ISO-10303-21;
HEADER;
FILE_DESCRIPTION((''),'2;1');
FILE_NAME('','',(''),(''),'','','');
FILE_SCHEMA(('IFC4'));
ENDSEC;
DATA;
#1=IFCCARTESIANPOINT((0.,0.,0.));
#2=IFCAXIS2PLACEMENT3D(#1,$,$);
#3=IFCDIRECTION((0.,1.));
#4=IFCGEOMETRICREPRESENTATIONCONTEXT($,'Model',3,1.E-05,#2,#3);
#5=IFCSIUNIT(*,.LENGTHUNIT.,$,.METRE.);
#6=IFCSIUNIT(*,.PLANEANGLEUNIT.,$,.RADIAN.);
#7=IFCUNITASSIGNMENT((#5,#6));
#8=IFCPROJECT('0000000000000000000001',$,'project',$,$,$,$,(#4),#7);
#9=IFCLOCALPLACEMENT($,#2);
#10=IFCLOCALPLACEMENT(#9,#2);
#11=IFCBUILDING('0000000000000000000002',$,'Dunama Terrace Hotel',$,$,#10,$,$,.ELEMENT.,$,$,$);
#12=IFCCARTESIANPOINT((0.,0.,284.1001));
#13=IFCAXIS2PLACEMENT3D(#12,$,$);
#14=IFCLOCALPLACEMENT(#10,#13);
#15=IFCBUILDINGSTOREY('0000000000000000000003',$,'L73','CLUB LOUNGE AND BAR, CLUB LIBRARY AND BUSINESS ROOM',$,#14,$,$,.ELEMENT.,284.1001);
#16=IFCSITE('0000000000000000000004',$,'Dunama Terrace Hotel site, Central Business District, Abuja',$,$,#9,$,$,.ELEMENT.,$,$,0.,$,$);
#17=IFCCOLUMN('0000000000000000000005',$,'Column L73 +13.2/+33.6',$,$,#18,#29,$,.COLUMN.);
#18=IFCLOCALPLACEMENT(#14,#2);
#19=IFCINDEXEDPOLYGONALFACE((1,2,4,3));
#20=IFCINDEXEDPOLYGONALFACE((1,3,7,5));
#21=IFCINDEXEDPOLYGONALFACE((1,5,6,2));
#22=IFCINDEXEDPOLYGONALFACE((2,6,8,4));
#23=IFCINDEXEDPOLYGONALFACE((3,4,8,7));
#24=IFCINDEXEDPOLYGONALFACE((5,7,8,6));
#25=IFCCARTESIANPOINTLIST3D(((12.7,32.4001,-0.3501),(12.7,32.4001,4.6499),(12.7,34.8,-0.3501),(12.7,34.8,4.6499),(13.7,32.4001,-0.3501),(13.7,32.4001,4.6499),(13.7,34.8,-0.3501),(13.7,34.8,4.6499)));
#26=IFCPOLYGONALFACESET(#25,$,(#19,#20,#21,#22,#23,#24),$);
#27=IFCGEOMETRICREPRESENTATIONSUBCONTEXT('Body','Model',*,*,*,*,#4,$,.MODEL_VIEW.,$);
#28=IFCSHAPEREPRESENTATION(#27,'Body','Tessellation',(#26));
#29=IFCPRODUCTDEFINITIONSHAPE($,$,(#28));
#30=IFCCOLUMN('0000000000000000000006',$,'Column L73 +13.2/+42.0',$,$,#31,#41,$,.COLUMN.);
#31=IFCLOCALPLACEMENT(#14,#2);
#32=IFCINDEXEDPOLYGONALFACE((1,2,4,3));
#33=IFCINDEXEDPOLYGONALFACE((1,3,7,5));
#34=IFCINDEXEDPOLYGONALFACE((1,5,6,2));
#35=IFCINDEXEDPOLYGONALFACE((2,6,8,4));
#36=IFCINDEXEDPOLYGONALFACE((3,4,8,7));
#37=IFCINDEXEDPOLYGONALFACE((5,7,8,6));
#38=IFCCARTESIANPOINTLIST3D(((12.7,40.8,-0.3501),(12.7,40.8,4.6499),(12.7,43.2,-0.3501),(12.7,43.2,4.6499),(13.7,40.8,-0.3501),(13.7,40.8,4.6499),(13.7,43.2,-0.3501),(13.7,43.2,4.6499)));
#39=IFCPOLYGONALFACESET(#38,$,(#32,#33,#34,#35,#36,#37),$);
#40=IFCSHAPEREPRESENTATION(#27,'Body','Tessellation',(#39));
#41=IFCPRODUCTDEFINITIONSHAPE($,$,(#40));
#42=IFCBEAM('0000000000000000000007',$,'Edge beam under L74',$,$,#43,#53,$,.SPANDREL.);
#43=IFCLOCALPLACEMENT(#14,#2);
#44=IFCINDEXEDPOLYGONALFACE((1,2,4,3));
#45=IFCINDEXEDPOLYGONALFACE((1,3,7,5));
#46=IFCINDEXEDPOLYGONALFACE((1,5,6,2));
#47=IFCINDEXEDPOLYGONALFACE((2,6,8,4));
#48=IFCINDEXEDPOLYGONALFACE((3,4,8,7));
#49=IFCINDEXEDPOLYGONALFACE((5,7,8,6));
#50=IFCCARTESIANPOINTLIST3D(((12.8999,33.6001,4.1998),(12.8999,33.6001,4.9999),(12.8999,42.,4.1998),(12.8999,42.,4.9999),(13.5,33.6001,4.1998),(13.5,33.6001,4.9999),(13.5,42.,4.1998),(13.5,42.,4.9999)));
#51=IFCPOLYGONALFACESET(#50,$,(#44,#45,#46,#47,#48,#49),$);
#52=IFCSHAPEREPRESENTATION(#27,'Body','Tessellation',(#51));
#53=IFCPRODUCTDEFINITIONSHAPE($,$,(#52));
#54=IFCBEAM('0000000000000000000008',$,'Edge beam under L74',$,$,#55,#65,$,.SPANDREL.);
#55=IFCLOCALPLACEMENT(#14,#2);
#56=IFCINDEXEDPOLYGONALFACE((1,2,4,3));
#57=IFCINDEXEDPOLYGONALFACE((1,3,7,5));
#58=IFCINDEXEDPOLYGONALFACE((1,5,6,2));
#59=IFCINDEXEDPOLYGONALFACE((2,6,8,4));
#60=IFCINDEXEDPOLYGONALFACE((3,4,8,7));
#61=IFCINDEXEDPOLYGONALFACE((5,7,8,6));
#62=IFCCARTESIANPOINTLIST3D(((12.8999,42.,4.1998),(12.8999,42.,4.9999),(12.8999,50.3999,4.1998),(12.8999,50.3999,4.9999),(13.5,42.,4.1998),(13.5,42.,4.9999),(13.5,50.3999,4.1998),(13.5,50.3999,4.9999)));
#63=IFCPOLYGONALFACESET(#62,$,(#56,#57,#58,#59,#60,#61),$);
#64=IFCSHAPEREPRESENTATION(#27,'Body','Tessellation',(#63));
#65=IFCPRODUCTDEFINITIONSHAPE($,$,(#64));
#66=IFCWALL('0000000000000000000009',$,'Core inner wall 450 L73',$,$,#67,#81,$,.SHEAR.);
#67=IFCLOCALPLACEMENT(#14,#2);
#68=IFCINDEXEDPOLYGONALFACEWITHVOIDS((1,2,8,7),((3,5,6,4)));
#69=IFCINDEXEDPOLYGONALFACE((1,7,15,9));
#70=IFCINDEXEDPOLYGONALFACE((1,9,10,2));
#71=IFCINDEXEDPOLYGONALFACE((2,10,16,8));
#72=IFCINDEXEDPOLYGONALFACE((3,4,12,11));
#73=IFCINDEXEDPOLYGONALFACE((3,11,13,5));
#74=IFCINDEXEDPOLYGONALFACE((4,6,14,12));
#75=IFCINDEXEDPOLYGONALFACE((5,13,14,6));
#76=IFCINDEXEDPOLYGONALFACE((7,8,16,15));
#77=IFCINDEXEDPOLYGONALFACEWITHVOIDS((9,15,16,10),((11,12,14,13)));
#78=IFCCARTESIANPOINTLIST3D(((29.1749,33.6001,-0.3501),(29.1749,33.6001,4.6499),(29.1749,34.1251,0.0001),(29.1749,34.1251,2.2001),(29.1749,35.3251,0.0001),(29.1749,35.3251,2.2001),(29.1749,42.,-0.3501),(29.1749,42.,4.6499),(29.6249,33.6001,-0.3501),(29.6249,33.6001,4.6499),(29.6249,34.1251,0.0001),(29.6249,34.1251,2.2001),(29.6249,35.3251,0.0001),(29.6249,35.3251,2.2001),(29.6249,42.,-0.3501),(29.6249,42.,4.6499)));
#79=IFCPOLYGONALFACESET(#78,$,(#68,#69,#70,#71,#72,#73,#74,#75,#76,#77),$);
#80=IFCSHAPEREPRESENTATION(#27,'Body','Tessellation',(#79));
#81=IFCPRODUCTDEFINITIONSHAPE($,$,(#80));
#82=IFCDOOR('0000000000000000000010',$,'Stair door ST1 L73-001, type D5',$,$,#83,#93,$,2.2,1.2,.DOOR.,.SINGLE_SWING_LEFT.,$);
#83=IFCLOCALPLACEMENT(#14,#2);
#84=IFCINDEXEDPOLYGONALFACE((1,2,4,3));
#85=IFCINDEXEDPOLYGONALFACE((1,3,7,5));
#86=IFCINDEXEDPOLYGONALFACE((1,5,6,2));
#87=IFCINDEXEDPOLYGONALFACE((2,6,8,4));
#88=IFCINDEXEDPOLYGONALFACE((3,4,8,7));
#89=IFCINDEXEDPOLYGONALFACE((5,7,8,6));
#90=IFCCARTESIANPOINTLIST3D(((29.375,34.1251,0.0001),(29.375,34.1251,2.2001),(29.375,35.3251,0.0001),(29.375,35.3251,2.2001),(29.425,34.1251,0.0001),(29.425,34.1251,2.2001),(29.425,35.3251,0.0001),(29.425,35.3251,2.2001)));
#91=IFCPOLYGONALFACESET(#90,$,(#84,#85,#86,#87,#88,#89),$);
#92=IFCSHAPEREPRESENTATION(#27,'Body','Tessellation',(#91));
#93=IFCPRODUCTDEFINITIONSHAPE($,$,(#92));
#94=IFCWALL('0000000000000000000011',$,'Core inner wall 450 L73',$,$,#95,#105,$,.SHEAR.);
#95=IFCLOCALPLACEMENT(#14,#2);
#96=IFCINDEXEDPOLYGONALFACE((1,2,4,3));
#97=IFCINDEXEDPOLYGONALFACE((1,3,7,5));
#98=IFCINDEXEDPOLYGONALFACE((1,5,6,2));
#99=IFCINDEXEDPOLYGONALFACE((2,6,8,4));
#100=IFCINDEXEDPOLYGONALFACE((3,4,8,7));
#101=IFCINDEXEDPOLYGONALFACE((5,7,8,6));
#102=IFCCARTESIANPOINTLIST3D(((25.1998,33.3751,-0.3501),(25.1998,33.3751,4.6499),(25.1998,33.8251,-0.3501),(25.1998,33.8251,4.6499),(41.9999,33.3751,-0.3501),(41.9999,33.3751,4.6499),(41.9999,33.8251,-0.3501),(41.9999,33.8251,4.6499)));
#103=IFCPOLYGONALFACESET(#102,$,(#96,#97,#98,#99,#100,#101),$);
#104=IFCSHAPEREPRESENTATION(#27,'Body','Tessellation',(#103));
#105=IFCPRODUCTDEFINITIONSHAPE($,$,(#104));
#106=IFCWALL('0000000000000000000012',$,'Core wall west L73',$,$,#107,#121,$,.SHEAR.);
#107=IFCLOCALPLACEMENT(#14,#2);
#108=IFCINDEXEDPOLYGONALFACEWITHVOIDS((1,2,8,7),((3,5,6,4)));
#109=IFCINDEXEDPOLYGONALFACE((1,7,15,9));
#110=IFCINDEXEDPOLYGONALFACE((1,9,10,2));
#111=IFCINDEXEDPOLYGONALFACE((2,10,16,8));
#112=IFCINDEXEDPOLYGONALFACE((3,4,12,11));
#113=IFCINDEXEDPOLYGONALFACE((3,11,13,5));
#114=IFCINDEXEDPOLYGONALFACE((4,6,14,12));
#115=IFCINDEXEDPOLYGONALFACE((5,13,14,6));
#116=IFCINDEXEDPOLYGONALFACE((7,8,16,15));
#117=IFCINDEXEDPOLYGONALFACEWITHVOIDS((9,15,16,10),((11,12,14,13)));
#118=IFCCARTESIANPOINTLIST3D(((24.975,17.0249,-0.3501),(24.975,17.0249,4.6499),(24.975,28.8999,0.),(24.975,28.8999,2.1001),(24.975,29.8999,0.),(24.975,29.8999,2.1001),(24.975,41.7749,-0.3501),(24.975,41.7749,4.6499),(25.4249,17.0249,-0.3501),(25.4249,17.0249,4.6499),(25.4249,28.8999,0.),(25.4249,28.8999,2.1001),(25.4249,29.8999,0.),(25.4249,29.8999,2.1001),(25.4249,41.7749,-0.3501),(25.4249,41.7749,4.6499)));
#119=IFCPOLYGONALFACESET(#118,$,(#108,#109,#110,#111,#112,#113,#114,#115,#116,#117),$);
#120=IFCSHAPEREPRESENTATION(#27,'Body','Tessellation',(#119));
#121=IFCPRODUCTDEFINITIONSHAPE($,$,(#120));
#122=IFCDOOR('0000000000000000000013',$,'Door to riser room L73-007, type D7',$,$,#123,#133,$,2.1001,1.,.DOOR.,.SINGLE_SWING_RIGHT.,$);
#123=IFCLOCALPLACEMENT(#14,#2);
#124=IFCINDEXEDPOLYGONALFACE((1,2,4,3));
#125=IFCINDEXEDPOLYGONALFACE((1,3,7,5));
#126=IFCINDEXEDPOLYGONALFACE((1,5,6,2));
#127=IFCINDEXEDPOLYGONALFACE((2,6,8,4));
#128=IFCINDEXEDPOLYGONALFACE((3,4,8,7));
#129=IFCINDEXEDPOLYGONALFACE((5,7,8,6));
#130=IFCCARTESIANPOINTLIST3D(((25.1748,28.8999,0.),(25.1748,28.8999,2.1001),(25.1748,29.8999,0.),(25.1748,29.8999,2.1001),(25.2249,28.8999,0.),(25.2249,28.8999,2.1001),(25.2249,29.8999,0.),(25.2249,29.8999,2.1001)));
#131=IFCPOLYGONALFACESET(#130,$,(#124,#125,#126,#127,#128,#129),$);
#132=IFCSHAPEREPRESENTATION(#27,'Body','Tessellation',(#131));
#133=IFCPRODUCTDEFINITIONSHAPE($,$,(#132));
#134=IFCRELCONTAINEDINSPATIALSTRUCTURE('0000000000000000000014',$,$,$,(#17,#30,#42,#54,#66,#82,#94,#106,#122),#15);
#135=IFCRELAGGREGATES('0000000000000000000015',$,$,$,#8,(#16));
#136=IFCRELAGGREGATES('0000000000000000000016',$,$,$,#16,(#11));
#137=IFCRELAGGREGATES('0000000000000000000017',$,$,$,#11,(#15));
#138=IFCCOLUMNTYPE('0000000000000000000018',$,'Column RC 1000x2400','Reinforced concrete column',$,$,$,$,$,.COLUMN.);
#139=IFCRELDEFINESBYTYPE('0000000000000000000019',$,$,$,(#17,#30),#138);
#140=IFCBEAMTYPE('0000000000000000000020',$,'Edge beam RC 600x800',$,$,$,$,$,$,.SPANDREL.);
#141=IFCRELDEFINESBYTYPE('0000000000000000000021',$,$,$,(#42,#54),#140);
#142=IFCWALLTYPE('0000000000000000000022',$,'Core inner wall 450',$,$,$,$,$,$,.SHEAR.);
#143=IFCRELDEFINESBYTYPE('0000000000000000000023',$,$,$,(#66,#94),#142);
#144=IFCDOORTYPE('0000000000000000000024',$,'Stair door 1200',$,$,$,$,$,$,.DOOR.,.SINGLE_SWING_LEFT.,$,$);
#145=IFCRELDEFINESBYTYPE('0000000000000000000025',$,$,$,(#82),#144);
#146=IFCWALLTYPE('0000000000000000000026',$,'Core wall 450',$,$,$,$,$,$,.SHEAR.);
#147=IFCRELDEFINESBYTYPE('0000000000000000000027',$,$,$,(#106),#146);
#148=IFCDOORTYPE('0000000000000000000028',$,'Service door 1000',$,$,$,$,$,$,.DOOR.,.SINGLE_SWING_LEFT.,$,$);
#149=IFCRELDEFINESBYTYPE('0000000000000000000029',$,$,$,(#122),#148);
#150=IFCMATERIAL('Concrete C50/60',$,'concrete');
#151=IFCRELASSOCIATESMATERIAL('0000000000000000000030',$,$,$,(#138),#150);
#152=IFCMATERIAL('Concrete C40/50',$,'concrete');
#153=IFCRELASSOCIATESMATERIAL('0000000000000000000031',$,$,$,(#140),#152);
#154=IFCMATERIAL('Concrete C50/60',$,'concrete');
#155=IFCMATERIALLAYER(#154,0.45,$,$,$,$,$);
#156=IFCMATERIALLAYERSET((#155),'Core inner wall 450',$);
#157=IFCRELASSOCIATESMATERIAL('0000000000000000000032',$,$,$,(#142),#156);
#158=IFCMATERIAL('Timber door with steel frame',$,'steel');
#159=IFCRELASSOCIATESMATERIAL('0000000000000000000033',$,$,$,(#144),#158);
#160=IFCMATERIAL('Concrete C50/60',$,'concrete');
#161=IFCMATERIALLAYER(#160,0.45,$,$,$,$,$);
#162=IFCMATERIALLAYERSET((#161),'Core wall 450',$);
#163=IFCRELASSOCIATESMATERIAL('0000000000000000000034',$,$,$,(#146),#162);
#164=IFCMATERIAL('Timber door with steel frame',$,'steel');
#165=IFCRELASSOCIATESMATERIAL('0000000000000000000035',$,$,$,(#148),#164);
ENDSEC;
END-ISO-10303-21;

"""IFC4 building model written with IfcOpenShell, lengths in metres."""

from ifc_helpers import new_model, si_unit, direction, frame, frame_2d, origin, origin_2d, place, context, subcontext, project, spatial, rectangle, extrude, material, layer, layer_set, material_profile, profile_set, type_object, element, fill, save


model = new_model("IFC4")

# Units and contexts
model_context = context("Model", 3, precision=1e-05, world=origin(), true_north=direction((0.0, 1.0)))
body_context = subcontext(model_context, "Body", "Model", "MODEL_VIEW")
ifc_project = project(units=[si_unit("LENGTHUNIT", "METRE"), si_unit("PLANEANGLEUNIT", "RADIAN")], contexts=[model_context])

# Site, building, storey
site_placement = place(None, origin())
site = spatial("IfcSite", under=ifc_project, at=site_placement, Name="Dunama Terrace Hotel site, Central Business District, Abuja", CompositionType="ELEMENT", RefElevation=0.0)
building_placement = place(site_placement, origin())
building = spatial("IfcBuilding", under=site, at=building_placement, Name="Dunama Terrace Hotel", CompositionType="ELEMENT")
storey_placement = place(building_placement, frame((0.0, 0.0, 284.1001)))
storey = spatial("IfcBuildingStorey", under=building, at=storey_placement, Name="L73", Description="CLUB LOUNGE AND BAR, CLUB LIBRARY AND BUSINESS ROOM", CompositionType="ELEMENT", Elevation=284.1001)

# Columns
ifc_material_1 = material(Name="Concrete C50/60", Category="concrete")
ifc_material_profile_1 = material_profile(ifc_material_1, rectangle(XDim=1.0, YDim=2.3999, at=origin_2d()), Name="RC 1000x2400")
ifc_profile_set_1 = profile_set([ifc_material_profile_1], Name="Concrete C50/60")
column_type = type_object("IfcColumnType", Name="Column RC 1000x2400", Description="Reinforced concrete column", PredefinedType="COLUMN", material=ifc_profile_set_1)
for number, where, z_axis, x_axis, name in (
    (1, (13.2, 33.6001, -0.3501), (0.0, 0.0, 1.0), (1.0, 0.0, 0.0), "Column L73 +13.2/+33.6"),
    (2, (13.2, 42.0, -0.3501), (0.0, 0.0, 1.0), (1.0, 0.0, 0.0), "Column L73 +13.2/+42.0"),
):
    element("IfcColumn", number, at=place(storey_placement, frame(where, z_axis=z_axis, x_axis=x_axis)), inside=storey, type_object=column_type, Name=name, PredefinedType="COLUMN", context=body_context, shape_type="SweptSolid", body=[
        extrude(rectangle(XDim=1.0, YDim=2.3999, at=origin_2d()), origin(), (0.0, 0.0, 1.0), 5.0),
    ])

# Beams
ifc_material_2 = material(Name="Concrete C40/50", Category="concrete")
ifc_material_profile_2 = material_profile(ifc_material_2, rectangle(XDim=0.6001, YDim=0.8, at=origin_2d()), Name="RC 600x800")
ifc_profile_set_2 = profile_set([ifc_material_profile_2], Name="Concrete C40/50")
beam_type = type_object("IfcBeamType", Name="Edge beam RC 600x800", PredefinedType="SPANDREL", material=ifc_profile_set_2)
for number, where, z_axis, x_axis, name in (
    (3, (13.2, 33.6001, 4.5999), (0.0, 1.0, 0.0), (-1.0, 0.0, 0.0), "Edge beam under L74"),
    (4, (13.2, 42.0, 4.5999), (0.0, 1.0, 0.0), (-1.0, 0.0, 0.0), "Edge beam under L74"),
):
    element("IfcBeam", number, at=place(storey_placement, frame(where, z_axis=z_axis, x_axis=x_axis)), inside=storey, type_object=beam_type, Name=name, PredefinedType="SPANDREL", context=body_context, shape_type="SweptSolid", body=[
        extrude(rectangle(XDim=0.6001, YDim=0.8, at=origin_2d()), origin(), (0.0, 0.0, 1.0), 8.3999),
    ])

# Wall, opening, door
ifc_material_3 = material(Name="Concrete C50/60", Category="concrete")
ifc_layer_1 = layer(ifc_material_3, 0.45)
ifc_layer_set_1 = layer_set([ifc_layer_1], Name="Core inner wall 450")
wall_type_1 = type_object("IfcWallType", Name="Core inner wall 450", PredefinedType="SHEAR", material=ifc_layer_set_1)
wall_1_placement = place(storey_placement, frame((29.3999, 33.6001, -0.3501), z_axis=(0.0, 0.0, 1.0), x_axis=(0.0, 1.0, 0.0)))
wall_1 = element("IfcWall", 5, at=wall_1_placement, inside=storey, type_object=wall_type_1, Name="Core inner wall 450 L73", PredefinedType="SHEAR", context=body_context, shape_type="SweptSolid", body=[
    extrude(rectangle(XDim=8.3999, YDim=0.45, at=frame_2d((4.2, 0.0))), origin(), (0.0, 0.0, 1.0), 5.0),
])
opening_1_placement = place(wall_1_placement, frame((0.5249, 0.0, 0.3501)))
opening_1 = element("IfcOpeningElement", 6, at=opening_1_placement, cuts=wall_1, PredefinedType="OPENING", context=body_context, shape_type="SweptSolid", body=[
    extrude(rectangle(XDim=1.2, YDim=2.2, at=frame_2d((0.6001, 1.1001))), frame((0.0, 0.2349, 0.0), z_axis=(0.0, -1.0, 0.0), x_axis=(1.0, 0.0, 0.0)), (0.0, 0.0, 1.0), 0.47),
])
ifc_material_4 = material(Name="Timber door with steel frame", Category="steel")
door_type_1 = type_object("IfcDoorType", Name="Stair door 1200", OperationType="SINGLE_SWING_LEFT", PredefinedType="DOOR", material=ifc_material_4)
door_1_placement = place(opening_1_placement, origin())
door_1 = element("IfcDoor", 7, at=door_1_placement, inside=storey, type_object=door_type_1, Name="Stair door ST1 L73-001, type D5", OperationType="SINGLE_SWING_LEFT", OverallHeight=2.2, OverallWidth=1.2, PredefinedType="DOOR", context=body_context, shape_type="SweptSolid", body=[
    extrude(rectangle(XDim=1.2, YDim=2.2, at=frame_2d((0.6001, 1.1001))), frame((0.0, 0.0249, 0.0), z_axis=(0.0, -1.0, 0.0), x_axis=(1.0, 0.0, 0.0)), (0.0, 0.0, 1.0), 0.05),
])
fill(opening_1, door_1)

# Wall
wall_2_placement = place(storey_placement, frame((25.2, 33.6001, -0.3501), z_axis=(0.0, 0.0, 1.0), x_axis=(1.0, 0.0, 0.0)))
element("IfcWall", 8, at=wall_2_placement, inside=storey, type_object=wall_type_1, Name="Core inner wall 450 L73", PredefinedType="SHEAR", context=body_context, shape_type="SweptSolid", body=[
    extrude(rectangle(XDim=16.8, YDim=0.45, at=frame_2d((8.3999, 0.0))), origin(), (0.0, 0.0, 1.0), 5.0),
])

# Wall, opening, door
ifc_material_5 = material(Name="Concrete C50/60", Category="concrete")
ifc_layer_2 = layer(ifc_material_5, 0.45)
ifc_layer_set_2 = layer_set([ifc_layer_2], Name="Core wall 450")
wall_type_2 = type_object("IfcWallType", Name="Core wall 450", PredefinedType="SHEAR", material=ifc_layer_set_2)
wall_3_placement = place(storey_placement, frame((25.2, 41.7749, -0.3501), z_axis=(0.0, 0.0, 1.0), x_axis=(0.0, -1.0, 0.0)))
wall_3 = element("IfcWall", 9, at=wall_3_placement, inside=storey, type_object=wall_type_2, Name="Core wall west L73", PredefinedType="SHEAR", context=body_context, shape_type="SweptSolid", body=[
    extrude(rectangle(XDim=24.75, YDim=0.45, at=frame_2d((12.375, 0.0))), origin(), (0.0, 0.0, 1.0), 5.0),
])
opening_2_placement = place(wall_3_placement, frame((11.875, 0.0, 0.3501)))
opening_2 = element("IfcOpeningElement", 10, at=opening_2_placement, cuts=wall_3, PredefinedType="OPENING", context=body_context, shape_type="SweptSolid", body=[
    extrude(rectangle(XDim=1.0, YDim=2.1001, at=frame_2d((0.5, 1.05))), frame((0.0, 0.2349, 0.0), z_axis=(0.0, -1.0, 0.0), x_axis=(1.0, 0.0, 0.0)), (0.0, 0.0, 1.0), 0.47),
])
ifc_material_6 = material(Name="Timber door with steel frame", Category="steel")
door_type_2 = type_object("IfcDoorType", Name="Service door 1000", OperationType="SINGLE_SWING_LEFT", PredefinedType="DOOR", material=ifc_material_6)
door_2_placement = place(opening_2_placement, origin())
door_2 = element("IfcDoor", 11, at=door_2_placement, inside=storey, type_object=door_type_2, Name="Door to riser room L73-007, type D7", OperationType="SINGLE_SWING_RIGHT", OverallHeight=2.1001, OverallWidth=1.0, PredefinedType="DOOR", context=body_context, shape_type="SweptSolid", body=[
    extrude(rectangle(XDim=1.0, YDim=2.1001, at=frame_2d((0.5, 1.05))), frame((0.0, 0.0249, 0.0), z_axis=(0.0, -1.0, 0.0), x_axis=(1.0, 0.0, 0.0)), (0.0, 0.0, 1.0), 0.05),
])
fill(opening_2, door_2)

save(model, "model.ifc")
